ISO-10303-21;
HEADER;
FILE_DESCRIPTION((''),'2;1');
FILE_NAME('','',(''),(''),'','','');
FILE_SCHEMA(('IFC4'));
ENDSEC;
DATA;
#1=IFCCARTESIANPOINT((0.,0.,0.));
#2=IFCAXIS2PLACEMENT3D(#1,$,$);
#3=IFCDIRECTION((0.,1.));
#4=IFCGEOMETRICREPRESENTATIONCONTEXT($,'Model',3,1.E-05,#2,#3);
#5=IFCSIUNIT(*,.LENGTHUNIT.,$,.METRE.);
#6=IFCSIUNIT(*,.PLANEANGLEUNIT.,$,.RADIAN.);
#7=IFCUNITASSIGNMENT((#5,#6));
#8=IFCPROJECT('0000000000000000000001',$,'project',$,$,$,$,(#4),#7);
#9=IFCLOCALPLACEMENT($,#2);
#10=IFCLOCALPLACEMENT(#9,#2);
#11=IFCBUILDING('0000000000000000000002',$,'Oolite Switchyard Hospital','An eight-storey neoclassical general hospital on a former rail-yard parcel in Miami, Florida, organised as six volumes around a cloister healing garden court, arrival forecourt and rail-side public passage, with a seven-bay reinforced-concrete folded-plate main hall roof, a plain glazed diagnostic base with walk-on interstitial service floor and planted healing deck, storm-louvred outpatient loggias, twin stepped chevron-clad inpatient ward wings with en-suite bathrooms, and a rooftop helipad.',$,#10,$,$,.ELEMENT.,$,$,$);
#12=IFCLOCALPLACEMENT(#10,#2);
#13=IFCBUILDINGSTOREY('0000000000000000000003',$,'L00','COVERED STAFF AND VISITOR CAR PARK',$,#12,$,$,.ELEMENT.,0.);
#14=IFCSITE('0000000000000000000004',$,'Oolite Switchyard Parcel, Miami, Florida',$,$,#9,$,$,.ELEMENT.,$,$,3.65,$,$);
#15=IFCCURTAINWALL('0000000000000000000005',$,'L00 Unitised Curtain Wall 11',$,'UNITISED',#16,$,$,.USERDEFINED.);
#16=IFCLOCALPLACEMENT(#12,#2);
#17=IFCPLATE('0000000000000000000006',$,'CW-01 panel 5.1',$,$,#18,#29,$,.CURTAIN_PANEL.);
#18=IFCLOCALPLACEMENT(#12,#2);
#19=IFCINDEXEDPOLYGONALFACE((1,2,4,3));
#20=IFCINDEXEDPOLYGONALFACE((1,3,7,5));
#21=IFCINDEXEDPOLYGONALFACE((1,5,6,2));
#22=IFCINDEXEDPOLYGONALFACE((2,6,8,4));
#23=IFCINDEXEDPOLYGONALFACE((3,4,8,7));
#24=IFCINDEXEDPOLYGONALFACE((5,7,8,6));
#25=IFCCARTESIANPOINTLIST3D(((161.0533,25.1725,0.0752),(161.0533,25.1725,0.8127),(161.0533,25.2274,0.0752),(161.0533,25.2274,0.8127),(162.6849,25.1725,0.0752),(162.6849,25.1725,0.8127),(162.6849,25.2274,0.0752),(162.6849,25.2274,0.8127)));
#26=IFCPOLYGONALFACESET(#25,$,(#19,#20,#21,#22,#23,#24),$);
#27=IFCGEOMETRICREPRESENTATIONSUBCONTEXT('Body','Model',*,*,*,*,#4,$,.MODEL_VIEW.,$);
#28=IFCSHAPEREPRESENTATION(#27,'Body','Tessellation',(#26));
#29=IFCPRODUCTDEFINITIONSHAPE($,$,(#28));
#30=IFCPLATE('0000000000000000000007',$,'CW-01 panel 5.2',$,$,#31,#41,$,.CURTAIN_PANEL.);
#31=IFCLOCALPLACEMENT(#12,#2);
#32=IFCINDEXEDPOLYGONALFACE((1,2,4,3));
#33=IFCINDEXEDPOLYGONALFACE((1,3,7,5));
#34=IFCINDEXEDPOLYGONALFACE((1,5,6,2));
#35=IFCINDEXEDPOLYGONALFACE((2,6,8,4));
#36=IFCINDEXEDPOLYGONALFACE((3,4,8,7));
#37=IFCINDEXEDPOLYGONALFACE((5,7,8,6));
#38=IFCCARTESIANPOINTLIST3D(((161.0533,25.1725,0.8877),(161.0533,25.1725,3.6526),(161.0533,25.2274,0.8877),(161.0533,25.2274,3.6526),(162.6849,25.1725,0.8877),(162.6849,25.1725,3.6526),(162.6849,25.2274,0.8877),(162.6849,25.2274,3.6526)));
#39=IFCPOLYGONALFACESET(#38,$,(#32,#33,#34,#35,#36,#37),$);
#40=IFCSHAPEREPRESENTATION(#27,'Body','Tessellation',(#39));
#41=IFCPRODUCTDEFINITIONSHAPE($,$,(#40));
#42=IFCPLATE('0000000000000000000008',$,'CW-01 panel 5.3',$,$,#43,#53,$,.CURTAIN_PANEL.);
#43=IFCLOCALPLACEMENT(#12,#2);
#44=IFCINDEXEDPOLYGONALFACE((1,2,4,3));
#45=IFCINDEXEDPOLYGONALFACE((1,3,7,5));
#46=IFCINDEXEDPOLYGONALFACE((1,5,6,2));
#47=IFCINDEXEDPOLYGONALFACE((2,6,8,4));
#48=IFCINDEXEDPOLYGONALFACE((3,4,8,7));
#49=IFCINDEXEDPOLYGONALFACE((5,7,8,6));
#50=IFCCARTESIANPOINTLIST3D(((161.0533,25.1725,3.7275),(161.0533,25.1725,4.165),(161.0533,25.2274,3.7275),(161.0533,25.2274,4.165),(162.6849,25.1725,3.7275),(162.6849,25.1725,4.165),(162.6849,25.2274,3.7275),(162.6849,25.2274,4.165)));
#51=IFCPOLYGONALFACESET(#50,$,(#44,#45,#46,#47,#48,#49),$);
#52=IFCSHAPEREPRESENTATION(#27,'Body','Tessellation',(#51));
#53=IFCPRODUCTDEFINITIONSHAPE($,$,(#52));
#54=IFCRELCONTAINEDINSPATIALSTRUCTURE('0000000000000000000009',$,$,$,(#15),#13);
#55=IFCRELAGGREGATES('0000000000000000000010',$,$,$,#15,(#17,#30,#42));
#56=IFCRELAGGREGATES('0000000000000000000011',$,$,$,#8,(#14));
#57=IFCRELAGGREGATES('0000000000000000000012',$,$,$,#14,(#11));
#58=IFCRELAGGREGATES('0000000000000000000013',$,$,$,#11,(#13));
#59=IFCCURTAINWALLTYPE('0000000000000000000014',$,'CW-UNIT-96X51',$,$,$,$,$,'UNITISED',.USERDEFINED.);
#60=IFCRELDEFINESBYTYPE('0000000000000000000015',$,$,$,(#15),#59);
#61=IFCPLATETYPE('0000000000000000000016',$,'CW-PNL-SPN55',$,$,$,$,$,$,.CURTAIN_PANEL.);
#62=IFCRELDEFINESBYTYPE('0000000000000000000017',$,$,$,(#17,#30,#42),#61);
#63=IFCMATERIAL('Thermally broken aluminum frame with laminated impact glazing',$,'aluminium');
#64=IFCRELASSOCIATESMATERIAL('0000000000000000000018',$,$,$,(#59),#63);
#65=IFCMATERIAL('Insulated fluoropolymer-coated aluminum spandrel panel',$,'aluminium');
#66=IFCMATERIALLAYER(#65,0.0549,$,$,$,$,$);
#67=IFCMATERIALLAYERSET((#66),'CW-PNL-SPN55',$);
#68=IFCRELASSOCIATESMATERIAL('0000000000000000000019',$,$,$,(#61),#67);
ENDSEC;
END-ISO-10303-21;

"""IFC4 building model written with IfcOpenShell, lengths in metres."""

from ifc_helpers import new_model, si_unit, direction, frame, origin, origin_2d, place, context, subcontext, project, spatial, rectangle, extrude, material, layer, layer_set, type_object, element, aggregate, save


model = new_model("IFC4")

# Units and contexts
model_context = context("Model", 3, precision=1e-05, world=origin(), true_north=direction((0.0, 1.0)))
body_context = subcontext(model_context, "Body", "Model", "MODEL_VIEW")
ifc_project = project(units=[si_unit("LENGTHUNIT", "METRE"), si_unit("PLANEANGLEUNIT", "RADIAN")], contexts=[model_context])

# Site, building, storey
site_placement = place(None, origin())
site = spatial("IfcSite", under=ifc_project, at=site_placement, Name="Oolite Switchyard Parcel, Miami, Florida", CompositionType="ELEMENT", RefElevation=3.65)
building_placement = place(site_placement, origin())
building = spatial("IfcBuilding", under=site, at=building_placement, Name="Oolite Switchyard Hospital", Description="An eight-storey neoclassical general hospital on a former rail-yard parcel in Miami, Florida, organised as six volumes around a cloister healing garden court, arrival forecourt and rail-side public passage, with a seven-bay reinforced-concrete folded-plate main hall roof, a plain glazed diagnostic base with walk-on interstitial service floor and planted healing deck, storm-louvred outpatient loggias, twin stepped chevron-clad inpatient ward wings with en-suite bathrooms, and a rooftop helipad.", CompositionType="ELEMENT")
storey_placement = place(building_placement, origin())
storey = spatial("IfcBuildingStorey", under=building, at=storey_placement, Name="L00", Description="COVERED STAFF AND VISITOR CAR PARK", CompositionType="ELEMENT", Elevation=0.0)

# Shared definitions
ifc_material_1 = material(Name="Thermally broken aluminum frame with laminated impact glazing", Category="aluminium")
curtain_wall_type = type_object("IfcCurtainWallType", Name="CW-UNIT-96X51", ElementType="UNITISED", PredefinedType="USERDEFINED", material=ifc_material_1)

# Curtain wall
curtain_wall_1_placement = place(storey_placement, origin())
curtain_wall_1 = element("IfcCurtainWall", 1, at=curtain_wall_1_placement, inside=storey, type_object=curtain_wall_type, Name="L00 Unitised Curtain Wall 11", ObjectType="UNITISED", PredefinedType="USERDEFINED")

# Plates
ifc_material_2 = material(Name="Insulated fluoropolymer-coated aluminum spandrel panel", Category="aluminium")
ifc_layer = layer(ifc_material_2, 0.0549)
ifc_layer_set = layer_set([ifc_layer], Name="CW-PNL-SPN55")
plate_type = type_object("IfcPlateType", Name="CW-PNL-SPN55", PredefinedType="CURTAIN_PANEL", material=ifc_layer_set)
plate_1_placement = place(storey_placement, frame((161.8691, 25.2, 0.0752), z_axis=(0.0, 0.0, 1.0), x_axis=(1.0, 0.0, 0.0)))
plate_1 = element("IfcPlate", 2, at=plate_1_placement, type_object=plate_type, Name="CW-01 panel 5.1", PredefinedType="CURTAIN_PANEL", context=body_context, shape_type="SweptSolid", body=[
    extrude(rectangle(XDim=1.6316, YDim=0.0549, at=origin_2d()), origin(), (0.0, 0.0, 1.0), 0.7375),
])
plate_2_placement = place(storey_placement, frame((161.8691, 25.2, 0.8877), z_axis=(0.0, 0.0, 1.0), x_axis=(1.0, 0.0, 0.0)))
plate_2 = element("IfcPlate", 3, at=plate_2_placement, type_object=plate_type, Name="CW-01 panel 5.2", PredefinedType="CURTAIN_PANEL", context=body_context, shape_type="SweptSolid", body=[
    extrude(rectangle(XDim=1.6316, YDim=0.0549, at=origin_2d()), origin(), (0.0, 0.0, 1.0), 2.7649),
])
plate_3_placement = place(storey_placement, frame((161.8691, 25.2, 3.7275), z_axis=(0.0, 0.0, 1.0), x_axis=(1.0, 0.0, 0.0)))
plate_3 = element("IfcPlate", 4, at=plate_3_placement, type_object=plate_type, Name="CW-01 panel 5.3", PredefinedType="CURTAIN_PANEL", context=body_context, shape_type="SweptSolid", body=[
    extrude(rectangle(XDim=1.6316, YDim=0.0549, at=origin_2d()), origin(), (0.0, 0.0, 1.0), 0.4375),
])
aggregate(curtain_wall_1, [plate_1, plate_2, plate_3])

save(model, "model.ifc")
